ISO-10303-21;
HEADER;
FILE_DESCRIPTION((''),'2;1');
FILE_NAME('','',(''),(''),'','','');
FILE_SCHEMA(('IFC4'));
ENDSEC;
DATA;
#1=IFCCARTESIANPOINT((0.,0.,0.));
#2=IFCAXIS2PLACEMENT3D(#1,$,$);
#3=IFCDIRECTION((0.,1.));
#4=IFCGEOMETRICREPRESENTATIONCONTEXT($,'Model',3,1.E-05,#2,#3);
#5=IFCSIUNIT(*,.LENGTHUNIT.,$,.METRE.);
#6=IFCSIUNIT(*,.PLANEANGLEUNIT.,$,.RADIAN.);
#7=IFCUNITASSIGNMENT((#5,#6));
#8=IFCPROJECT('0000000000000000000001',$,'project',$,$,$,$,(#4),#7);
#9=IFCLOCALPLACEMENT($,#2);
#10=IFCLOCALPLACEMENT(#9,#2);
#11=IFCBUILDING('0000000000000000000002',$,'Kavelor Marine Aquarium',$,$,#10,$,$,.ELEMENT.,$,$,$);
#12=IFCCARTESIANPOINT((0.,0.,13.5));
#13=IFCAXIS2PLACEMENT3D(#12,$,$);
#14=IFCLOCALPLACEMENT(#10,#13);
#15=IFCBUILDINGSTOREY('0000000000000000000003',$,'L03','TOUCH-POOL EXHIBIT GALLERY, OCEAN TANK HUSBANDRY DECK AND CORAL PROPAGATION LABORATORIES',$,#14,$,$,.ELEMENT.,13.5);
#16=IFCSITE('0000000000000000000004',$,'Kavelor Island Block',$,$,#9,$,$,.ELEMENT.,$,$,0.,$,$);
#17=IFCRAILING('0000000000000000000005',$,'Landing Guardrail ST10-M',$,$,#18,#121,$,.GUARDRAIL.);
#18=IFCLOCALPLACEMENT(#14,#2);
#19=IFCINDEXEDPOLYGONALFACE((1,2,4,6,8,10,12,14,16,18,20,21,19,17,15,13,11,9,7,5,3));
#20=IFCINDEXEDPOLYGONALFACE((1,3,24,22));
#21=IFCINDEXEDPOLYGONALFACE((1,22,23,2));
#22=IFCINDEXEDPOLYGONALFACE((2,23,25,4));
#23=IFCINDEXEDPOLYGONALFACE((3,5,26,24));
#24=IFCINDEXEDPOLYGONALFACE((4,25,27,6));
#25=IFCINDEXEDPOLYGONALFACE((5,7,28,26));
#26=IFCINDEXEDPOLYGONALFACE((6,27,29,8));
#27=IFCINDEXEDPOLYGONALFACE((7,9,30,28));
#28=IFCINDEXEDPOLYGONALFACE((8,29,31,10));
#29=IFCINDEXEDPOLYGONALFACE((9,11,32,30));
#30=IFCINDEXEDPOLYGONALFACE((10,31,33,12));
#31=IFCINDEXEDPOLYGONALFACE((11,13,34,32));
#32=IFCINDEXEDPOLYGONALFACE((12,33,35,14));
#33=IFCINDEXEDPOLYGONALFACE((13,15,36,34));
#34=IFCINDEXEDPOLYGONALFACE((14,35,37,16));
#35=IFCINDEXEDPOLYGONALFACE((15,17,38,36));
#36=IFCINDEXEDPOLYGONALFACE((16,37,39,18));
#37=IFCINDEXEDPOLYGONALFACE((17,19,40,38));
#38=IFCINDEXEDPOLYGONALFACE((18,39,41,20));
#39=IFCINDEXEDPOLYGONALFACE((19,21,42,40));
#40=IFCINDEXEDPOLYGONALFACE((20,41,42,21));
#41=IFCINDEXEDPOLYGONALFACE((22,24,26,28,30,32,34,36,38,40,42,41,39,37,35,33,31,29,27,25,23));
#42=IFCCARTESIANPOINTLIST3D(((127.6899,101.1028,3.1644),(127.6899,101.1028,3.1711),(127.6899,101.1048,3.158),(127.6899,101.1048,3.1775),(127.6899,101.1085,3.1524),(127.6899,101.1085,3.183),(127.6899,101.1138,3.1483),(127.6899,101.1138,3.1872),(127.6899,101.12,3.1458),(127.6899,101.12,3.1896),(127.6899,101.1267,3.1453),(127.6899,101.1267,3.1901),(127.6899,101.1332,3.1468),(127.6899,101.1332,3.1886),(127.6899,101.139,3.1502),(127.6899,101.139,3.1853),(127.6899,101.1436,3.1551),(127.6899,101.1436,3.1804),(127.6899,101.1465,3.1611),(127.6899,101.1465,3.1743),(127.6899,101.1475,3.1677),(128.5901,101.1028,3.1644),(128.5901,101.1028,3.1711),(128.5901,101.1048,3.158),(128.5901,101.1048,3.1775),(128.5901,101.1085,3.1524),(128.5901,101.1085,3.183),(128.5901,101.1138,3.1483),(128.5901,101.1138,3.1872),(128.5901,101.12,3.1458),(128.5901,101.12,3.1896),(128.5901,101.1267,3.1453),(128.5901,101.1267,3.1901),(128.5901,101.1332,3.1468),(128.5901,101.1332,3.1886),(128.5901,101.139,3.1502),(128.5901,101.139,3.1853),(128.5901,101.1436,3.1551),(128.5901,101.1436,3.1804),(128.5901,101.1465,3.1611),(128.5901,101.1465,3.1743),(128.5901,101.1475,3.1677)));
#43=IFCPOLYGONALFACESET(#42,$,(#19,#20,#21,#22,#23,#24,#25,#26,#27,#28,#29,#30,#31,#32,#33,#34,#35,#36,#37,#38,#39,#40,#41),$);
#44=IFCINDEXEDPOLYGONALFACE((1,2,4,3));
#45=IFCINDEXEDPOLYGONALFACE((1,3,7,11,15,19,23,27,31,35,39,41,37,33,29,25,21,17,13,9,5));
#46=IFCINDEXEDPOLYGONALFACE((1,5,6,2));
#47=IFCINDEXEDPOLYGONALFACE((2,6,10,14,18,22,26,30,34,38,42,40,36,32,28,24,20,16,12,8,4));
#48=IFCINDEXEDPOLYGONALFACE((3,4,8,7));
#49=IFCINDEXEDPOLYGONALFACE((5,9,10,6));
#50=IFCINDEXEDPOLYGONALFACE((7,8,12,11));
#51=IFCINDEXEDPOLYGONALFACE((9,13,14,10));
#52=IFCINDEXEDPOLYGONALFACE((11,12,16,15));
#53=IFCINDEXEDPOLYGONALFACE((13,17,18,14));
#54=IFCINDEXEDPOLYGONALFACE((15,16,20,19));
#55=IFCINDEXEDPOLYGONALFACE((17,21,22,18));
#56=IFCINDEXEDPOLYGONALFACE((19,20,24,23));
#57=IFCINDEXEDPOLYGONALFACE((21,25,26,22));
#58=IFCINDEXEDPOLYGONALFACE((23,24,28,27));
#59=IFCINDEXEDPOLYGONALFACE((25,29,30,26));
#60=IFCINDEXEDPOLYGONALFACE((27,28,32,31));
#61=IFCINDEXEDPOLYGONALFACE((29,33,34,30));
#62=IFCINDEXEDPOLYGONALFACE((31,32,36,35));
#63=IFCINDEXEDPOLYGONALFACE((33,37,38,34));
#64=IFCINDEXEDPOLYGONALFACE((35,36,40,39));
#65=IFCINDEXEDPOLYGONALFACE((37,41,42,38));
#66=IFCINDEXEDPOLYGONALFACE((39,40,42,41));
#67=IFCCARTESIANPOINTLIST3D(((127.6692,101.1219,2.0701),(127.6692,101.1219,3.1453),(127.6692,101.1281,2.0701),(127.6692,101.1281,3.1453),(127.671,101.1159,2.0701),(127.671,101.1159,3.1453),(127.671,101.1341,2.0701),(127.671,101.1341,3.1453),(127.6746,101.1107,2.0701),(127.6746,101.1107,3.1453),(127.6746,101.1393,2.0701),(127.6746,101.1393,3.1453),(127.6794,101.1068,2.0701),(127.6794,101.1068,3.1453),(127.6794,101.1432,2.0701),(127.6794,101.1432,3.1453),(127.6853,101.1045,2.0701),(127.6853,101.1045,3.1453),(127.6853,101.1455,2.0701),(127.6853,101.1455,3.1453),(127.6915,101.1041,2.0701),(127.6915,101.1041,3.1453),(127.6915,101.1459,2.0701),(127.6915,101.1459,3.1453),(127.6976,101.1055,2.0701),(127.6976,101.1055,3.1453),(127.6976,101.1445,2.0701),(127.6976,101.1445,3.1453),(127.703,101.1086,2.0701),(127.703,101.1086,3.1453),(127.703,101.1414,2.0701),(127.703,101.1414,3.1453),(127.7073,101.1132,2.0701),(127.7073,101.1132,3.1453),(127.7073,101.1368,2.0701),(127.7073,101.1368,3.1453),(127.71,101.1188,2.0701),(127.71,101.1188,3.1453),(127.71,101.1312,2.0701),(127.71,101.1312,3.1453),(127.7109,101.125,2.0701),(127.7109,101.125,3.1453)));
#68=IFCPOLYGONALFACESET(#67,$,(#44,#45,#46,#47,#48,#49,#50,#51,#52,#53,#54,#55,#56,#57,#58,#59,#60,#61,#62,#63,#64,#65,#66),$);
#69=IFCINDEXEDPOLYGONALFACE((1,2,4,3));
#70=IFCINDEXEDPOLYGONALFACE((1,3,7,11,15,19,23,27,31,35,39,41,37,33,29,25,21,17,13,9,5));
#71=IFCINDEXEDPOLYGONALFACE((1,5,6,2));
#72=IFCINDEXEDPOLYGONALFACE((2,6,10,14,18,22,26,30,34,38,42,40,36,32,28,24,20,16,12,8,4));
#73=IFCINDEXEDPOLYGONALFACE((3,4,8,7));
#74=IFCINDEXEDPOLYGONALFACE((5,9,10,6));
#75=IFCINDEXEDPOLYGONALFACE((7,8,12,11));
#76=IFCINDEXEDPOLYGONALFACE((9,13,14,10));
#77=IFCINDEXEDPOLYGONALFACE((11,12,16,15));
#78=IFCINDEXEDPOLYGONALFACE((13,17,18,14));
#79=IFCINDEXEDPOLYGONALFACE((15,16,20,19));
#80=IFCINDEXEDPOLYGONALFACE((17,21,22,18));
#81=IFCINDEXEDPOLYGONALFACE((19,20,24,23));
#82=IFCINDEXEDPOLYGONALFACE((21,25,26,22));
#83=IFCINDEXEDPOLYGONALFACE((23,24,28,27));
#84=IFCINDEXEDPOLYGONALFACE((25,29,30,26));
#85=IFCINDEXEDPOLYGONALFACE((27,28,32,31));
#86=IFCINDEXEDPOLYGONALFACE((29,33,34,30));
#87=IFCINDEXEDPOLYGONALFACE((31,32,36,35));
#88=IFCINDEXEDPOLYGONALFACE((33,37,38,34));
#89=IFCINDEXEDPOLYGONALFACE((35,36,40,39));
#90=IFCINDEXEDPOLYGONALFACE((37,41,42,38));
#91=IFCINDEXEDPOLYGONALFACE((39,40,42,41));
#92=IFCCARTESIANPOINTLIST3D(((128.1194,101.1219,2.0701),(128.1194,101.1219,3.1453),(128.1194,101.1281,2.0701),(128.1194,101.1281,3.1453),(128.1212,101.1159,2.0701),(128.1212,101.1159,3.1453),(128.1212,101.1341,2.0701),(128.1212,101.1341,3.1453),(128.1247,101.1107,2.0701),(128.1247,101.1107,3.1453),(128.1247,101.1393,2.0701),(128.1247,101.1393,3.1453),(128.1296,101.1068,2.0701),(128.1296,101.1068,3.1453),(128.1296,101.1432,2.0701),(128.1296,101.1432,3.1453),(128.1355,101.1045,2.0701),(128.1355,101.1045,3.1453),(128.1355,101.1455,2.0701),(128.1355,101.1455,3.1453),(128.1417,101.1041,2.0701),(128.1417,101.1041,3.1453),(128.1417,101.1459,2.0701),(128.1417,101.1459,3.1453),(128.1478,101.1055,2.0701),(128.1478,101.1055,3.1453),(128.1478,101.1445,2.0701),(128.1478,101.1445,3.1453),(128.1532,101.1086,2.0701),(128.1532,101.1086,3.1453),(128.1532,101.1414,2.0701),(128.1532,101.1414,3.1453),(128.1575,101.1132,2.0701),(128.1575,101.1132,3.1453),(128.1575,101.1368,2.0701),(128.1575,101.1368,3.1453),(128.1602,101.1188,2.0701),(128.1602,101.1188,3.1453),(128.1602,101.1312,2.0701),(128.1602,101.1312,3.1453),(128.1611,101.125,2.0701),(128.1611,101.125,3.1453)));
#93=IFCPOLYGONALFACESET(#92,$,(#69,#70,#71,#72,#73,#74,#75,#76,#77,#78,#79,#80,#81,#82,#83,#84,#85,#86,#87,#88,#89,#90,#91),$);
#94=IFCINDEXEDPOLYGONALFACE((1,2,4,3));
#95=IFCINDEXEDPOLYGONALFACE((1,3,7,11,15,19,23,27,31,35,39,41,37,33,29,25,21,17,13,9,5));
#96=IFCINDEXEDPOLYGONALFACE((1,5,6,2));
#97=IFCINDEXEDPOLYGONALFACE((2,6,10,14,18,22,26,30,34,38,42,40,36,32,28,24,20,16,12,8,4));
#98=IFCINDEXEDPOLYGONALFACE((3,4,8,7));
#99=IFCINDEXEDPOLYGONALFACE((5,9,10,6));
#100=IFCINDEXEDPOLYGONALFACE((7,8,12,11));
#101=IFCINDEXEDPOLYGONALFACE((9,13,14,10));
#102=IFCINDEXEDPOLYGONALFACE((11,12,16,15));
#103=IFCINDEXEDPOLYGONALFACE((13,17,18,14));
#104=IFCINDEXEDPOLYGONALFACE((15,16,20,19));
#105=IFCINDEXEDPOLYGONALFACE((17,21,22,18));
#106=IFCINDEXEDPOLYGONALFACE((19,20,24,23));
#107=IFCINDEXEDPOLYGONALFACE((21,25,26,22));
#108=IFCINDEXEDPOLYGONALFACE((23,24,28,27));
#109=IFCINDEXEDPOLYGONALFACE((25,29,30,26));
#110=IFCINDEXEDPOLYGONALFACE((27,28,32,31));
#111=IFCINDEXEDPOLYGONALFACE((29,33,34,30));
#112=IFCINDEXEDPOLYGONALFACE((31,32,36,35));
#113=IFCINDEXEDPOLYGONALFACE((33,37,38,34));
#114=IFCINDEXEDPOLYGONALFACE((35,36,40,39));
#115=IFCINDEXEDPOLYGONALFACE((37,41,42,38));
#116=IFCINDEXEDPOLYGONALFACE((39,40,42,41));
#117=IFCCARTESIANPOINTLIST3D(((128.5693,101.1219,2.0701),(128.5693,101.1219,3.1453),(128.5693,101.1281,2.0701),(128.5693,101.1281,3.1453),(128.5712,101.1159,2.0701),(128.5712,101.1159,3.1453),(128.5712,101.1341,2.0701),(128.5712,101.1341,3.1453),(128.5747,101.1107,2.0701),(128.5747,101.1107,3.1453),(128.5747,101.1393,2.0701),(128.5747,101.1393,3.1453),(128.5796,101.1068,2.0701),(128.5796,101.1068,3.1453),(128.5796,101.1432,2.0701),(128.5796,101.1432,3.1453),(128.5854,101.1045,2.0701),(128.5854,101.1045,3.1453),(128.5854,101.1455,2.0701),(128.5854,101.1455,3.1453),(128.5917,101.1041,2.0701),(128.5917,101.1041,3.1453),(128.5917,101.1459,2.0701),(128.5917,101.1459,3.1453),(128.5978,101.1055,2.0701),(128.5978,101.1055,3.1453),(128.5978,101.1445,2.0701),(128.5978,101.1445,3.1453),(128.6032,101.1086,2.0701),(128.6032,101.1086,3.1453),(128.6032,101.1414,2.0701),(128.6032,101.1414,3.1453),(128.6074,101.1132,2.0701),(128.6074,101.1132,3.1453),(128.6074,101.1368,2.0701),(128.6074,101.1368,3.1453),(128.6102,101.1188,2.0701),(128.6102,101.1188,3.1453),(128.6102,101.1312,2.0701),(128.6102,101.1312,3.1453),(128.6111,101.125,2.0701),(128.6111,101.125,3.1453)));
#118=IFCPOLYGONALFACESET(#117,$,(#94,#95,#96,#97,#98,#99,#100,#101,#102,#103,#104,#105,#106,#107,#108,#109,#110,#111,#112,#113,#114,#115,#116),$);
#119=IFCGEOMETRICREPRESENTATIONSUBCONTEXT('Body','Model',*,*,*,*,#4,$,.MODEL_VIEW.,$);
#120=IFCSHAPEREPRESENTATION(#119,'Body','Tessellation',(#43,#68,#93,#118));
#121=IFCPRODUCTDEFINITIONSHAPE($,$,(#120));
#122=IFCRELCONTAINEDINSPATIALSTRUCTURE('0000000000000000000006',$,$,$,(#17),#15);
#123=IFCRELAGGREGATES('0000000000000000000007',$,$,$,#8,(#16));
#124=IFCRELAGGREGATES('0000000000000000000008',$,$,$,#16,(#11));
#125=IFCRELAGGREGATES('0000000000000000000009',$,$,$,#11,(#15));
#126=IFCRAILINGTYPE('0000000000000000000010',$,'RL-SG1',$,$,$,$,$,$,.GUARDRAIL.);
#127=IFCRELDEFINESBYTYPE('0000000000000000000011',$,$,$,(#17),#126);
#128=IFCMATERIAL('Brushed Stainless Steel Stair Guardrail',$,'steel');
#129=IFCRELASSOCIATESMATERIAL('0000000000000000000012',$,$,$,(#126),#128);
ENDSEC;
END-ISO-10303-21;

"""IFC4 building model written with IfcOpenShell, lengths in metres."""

from ifc_helpers import new_model, si_unit, direction, frame, origin, origin_2d, place, context, subcontext, project, spatial, circle, extrude, material, type_object, element, save


model = new_model("IFC4")

# Units and contexts
model_context = context("Model", 3, precision=1e-05, world=origin(), true_north=direction((0.0, 1.0)))
body_context = subcontext(model_context, "Body", "Model", "MODEL_VIEW")
ifc_project = project(units=[si_unit("LENGTHUNIT", "METRE"), si_unit("PLANEANGLEUNIT", "RADIAN")], contexts=[model_context])

# Site, building, storey
site_placement = place(None, origin())
site = spatial("IfcSite", under=ifc_project, at=site_placement, Name="Kavelor Island Block", CompositionType="ELEMENT", RefElevation=0.0)
building_placement = place(site_placement, origin())
building = spatial("IfcBuilding", under=site, at=building_placement, Name="Kavelor Marine Aquarium", CompositionType="ELEMENT")
storey_placement = place(building_placement, frame((0.0, 0.0, 13.5)))
storey = spatial("IfcBuildingStorey", under=building, at=storey_placement, Name="L03", Description="TOUCH-POOL EXHIBIT GALLERY, OCEAN TANK HUSBANDRY DECK AND CORAL PROPAGATION LABORATORIES", CompositionType="ELEMENT", Elevation=13.5)

# Railing
ifc_material_1 = material(Name="Brushed Stainless Steel Stair Guardrail", Category="steel")
railing_type_1 = type_object("IfcRailingType", Name="RL-SG1", PredefinedType="GUARDRAIL", material=ifc_material_1)
railing_1_placement = place(storey_placement, frame((127.6899, 101.125, 2.0701)))
element("IfcRailing", 1, at=railing_1_placement, inside=storey, type_object=railing_type_1, Name="Landing Guardrail ST10-M", PredefinedType="GUARDRAIL", context=body_context, shape_type="SweptSolid", body=[
    extrude(circle(Radius=0.0225, at=origin_2d()), frame((0.0, 0.0, 1.0977), z_axis=(1.0, 0.0, 0.0), x_axis=(0.0, 1.0, 0.0)), (0.0, 0.0, 1.0), 0.9001),
    extrude(circle(Radius=0.021, at=origin_2d()), origin(), (0.0, 0.0, 1.0), 1.0752),
    extrude(circle(Radius=0.021, at=origin_2d()), frame((0.4502, 0.0, 0.0)), (0.0, 0.0, 1.0), 1.0752),
    extrude(circle(Radius=0.021, at=origin_2d()), frame((0.9001, 0.0, 0.0)), (0.0, 0.0, 1.0), 1.0752),
])

save(model, "model.ifc")
